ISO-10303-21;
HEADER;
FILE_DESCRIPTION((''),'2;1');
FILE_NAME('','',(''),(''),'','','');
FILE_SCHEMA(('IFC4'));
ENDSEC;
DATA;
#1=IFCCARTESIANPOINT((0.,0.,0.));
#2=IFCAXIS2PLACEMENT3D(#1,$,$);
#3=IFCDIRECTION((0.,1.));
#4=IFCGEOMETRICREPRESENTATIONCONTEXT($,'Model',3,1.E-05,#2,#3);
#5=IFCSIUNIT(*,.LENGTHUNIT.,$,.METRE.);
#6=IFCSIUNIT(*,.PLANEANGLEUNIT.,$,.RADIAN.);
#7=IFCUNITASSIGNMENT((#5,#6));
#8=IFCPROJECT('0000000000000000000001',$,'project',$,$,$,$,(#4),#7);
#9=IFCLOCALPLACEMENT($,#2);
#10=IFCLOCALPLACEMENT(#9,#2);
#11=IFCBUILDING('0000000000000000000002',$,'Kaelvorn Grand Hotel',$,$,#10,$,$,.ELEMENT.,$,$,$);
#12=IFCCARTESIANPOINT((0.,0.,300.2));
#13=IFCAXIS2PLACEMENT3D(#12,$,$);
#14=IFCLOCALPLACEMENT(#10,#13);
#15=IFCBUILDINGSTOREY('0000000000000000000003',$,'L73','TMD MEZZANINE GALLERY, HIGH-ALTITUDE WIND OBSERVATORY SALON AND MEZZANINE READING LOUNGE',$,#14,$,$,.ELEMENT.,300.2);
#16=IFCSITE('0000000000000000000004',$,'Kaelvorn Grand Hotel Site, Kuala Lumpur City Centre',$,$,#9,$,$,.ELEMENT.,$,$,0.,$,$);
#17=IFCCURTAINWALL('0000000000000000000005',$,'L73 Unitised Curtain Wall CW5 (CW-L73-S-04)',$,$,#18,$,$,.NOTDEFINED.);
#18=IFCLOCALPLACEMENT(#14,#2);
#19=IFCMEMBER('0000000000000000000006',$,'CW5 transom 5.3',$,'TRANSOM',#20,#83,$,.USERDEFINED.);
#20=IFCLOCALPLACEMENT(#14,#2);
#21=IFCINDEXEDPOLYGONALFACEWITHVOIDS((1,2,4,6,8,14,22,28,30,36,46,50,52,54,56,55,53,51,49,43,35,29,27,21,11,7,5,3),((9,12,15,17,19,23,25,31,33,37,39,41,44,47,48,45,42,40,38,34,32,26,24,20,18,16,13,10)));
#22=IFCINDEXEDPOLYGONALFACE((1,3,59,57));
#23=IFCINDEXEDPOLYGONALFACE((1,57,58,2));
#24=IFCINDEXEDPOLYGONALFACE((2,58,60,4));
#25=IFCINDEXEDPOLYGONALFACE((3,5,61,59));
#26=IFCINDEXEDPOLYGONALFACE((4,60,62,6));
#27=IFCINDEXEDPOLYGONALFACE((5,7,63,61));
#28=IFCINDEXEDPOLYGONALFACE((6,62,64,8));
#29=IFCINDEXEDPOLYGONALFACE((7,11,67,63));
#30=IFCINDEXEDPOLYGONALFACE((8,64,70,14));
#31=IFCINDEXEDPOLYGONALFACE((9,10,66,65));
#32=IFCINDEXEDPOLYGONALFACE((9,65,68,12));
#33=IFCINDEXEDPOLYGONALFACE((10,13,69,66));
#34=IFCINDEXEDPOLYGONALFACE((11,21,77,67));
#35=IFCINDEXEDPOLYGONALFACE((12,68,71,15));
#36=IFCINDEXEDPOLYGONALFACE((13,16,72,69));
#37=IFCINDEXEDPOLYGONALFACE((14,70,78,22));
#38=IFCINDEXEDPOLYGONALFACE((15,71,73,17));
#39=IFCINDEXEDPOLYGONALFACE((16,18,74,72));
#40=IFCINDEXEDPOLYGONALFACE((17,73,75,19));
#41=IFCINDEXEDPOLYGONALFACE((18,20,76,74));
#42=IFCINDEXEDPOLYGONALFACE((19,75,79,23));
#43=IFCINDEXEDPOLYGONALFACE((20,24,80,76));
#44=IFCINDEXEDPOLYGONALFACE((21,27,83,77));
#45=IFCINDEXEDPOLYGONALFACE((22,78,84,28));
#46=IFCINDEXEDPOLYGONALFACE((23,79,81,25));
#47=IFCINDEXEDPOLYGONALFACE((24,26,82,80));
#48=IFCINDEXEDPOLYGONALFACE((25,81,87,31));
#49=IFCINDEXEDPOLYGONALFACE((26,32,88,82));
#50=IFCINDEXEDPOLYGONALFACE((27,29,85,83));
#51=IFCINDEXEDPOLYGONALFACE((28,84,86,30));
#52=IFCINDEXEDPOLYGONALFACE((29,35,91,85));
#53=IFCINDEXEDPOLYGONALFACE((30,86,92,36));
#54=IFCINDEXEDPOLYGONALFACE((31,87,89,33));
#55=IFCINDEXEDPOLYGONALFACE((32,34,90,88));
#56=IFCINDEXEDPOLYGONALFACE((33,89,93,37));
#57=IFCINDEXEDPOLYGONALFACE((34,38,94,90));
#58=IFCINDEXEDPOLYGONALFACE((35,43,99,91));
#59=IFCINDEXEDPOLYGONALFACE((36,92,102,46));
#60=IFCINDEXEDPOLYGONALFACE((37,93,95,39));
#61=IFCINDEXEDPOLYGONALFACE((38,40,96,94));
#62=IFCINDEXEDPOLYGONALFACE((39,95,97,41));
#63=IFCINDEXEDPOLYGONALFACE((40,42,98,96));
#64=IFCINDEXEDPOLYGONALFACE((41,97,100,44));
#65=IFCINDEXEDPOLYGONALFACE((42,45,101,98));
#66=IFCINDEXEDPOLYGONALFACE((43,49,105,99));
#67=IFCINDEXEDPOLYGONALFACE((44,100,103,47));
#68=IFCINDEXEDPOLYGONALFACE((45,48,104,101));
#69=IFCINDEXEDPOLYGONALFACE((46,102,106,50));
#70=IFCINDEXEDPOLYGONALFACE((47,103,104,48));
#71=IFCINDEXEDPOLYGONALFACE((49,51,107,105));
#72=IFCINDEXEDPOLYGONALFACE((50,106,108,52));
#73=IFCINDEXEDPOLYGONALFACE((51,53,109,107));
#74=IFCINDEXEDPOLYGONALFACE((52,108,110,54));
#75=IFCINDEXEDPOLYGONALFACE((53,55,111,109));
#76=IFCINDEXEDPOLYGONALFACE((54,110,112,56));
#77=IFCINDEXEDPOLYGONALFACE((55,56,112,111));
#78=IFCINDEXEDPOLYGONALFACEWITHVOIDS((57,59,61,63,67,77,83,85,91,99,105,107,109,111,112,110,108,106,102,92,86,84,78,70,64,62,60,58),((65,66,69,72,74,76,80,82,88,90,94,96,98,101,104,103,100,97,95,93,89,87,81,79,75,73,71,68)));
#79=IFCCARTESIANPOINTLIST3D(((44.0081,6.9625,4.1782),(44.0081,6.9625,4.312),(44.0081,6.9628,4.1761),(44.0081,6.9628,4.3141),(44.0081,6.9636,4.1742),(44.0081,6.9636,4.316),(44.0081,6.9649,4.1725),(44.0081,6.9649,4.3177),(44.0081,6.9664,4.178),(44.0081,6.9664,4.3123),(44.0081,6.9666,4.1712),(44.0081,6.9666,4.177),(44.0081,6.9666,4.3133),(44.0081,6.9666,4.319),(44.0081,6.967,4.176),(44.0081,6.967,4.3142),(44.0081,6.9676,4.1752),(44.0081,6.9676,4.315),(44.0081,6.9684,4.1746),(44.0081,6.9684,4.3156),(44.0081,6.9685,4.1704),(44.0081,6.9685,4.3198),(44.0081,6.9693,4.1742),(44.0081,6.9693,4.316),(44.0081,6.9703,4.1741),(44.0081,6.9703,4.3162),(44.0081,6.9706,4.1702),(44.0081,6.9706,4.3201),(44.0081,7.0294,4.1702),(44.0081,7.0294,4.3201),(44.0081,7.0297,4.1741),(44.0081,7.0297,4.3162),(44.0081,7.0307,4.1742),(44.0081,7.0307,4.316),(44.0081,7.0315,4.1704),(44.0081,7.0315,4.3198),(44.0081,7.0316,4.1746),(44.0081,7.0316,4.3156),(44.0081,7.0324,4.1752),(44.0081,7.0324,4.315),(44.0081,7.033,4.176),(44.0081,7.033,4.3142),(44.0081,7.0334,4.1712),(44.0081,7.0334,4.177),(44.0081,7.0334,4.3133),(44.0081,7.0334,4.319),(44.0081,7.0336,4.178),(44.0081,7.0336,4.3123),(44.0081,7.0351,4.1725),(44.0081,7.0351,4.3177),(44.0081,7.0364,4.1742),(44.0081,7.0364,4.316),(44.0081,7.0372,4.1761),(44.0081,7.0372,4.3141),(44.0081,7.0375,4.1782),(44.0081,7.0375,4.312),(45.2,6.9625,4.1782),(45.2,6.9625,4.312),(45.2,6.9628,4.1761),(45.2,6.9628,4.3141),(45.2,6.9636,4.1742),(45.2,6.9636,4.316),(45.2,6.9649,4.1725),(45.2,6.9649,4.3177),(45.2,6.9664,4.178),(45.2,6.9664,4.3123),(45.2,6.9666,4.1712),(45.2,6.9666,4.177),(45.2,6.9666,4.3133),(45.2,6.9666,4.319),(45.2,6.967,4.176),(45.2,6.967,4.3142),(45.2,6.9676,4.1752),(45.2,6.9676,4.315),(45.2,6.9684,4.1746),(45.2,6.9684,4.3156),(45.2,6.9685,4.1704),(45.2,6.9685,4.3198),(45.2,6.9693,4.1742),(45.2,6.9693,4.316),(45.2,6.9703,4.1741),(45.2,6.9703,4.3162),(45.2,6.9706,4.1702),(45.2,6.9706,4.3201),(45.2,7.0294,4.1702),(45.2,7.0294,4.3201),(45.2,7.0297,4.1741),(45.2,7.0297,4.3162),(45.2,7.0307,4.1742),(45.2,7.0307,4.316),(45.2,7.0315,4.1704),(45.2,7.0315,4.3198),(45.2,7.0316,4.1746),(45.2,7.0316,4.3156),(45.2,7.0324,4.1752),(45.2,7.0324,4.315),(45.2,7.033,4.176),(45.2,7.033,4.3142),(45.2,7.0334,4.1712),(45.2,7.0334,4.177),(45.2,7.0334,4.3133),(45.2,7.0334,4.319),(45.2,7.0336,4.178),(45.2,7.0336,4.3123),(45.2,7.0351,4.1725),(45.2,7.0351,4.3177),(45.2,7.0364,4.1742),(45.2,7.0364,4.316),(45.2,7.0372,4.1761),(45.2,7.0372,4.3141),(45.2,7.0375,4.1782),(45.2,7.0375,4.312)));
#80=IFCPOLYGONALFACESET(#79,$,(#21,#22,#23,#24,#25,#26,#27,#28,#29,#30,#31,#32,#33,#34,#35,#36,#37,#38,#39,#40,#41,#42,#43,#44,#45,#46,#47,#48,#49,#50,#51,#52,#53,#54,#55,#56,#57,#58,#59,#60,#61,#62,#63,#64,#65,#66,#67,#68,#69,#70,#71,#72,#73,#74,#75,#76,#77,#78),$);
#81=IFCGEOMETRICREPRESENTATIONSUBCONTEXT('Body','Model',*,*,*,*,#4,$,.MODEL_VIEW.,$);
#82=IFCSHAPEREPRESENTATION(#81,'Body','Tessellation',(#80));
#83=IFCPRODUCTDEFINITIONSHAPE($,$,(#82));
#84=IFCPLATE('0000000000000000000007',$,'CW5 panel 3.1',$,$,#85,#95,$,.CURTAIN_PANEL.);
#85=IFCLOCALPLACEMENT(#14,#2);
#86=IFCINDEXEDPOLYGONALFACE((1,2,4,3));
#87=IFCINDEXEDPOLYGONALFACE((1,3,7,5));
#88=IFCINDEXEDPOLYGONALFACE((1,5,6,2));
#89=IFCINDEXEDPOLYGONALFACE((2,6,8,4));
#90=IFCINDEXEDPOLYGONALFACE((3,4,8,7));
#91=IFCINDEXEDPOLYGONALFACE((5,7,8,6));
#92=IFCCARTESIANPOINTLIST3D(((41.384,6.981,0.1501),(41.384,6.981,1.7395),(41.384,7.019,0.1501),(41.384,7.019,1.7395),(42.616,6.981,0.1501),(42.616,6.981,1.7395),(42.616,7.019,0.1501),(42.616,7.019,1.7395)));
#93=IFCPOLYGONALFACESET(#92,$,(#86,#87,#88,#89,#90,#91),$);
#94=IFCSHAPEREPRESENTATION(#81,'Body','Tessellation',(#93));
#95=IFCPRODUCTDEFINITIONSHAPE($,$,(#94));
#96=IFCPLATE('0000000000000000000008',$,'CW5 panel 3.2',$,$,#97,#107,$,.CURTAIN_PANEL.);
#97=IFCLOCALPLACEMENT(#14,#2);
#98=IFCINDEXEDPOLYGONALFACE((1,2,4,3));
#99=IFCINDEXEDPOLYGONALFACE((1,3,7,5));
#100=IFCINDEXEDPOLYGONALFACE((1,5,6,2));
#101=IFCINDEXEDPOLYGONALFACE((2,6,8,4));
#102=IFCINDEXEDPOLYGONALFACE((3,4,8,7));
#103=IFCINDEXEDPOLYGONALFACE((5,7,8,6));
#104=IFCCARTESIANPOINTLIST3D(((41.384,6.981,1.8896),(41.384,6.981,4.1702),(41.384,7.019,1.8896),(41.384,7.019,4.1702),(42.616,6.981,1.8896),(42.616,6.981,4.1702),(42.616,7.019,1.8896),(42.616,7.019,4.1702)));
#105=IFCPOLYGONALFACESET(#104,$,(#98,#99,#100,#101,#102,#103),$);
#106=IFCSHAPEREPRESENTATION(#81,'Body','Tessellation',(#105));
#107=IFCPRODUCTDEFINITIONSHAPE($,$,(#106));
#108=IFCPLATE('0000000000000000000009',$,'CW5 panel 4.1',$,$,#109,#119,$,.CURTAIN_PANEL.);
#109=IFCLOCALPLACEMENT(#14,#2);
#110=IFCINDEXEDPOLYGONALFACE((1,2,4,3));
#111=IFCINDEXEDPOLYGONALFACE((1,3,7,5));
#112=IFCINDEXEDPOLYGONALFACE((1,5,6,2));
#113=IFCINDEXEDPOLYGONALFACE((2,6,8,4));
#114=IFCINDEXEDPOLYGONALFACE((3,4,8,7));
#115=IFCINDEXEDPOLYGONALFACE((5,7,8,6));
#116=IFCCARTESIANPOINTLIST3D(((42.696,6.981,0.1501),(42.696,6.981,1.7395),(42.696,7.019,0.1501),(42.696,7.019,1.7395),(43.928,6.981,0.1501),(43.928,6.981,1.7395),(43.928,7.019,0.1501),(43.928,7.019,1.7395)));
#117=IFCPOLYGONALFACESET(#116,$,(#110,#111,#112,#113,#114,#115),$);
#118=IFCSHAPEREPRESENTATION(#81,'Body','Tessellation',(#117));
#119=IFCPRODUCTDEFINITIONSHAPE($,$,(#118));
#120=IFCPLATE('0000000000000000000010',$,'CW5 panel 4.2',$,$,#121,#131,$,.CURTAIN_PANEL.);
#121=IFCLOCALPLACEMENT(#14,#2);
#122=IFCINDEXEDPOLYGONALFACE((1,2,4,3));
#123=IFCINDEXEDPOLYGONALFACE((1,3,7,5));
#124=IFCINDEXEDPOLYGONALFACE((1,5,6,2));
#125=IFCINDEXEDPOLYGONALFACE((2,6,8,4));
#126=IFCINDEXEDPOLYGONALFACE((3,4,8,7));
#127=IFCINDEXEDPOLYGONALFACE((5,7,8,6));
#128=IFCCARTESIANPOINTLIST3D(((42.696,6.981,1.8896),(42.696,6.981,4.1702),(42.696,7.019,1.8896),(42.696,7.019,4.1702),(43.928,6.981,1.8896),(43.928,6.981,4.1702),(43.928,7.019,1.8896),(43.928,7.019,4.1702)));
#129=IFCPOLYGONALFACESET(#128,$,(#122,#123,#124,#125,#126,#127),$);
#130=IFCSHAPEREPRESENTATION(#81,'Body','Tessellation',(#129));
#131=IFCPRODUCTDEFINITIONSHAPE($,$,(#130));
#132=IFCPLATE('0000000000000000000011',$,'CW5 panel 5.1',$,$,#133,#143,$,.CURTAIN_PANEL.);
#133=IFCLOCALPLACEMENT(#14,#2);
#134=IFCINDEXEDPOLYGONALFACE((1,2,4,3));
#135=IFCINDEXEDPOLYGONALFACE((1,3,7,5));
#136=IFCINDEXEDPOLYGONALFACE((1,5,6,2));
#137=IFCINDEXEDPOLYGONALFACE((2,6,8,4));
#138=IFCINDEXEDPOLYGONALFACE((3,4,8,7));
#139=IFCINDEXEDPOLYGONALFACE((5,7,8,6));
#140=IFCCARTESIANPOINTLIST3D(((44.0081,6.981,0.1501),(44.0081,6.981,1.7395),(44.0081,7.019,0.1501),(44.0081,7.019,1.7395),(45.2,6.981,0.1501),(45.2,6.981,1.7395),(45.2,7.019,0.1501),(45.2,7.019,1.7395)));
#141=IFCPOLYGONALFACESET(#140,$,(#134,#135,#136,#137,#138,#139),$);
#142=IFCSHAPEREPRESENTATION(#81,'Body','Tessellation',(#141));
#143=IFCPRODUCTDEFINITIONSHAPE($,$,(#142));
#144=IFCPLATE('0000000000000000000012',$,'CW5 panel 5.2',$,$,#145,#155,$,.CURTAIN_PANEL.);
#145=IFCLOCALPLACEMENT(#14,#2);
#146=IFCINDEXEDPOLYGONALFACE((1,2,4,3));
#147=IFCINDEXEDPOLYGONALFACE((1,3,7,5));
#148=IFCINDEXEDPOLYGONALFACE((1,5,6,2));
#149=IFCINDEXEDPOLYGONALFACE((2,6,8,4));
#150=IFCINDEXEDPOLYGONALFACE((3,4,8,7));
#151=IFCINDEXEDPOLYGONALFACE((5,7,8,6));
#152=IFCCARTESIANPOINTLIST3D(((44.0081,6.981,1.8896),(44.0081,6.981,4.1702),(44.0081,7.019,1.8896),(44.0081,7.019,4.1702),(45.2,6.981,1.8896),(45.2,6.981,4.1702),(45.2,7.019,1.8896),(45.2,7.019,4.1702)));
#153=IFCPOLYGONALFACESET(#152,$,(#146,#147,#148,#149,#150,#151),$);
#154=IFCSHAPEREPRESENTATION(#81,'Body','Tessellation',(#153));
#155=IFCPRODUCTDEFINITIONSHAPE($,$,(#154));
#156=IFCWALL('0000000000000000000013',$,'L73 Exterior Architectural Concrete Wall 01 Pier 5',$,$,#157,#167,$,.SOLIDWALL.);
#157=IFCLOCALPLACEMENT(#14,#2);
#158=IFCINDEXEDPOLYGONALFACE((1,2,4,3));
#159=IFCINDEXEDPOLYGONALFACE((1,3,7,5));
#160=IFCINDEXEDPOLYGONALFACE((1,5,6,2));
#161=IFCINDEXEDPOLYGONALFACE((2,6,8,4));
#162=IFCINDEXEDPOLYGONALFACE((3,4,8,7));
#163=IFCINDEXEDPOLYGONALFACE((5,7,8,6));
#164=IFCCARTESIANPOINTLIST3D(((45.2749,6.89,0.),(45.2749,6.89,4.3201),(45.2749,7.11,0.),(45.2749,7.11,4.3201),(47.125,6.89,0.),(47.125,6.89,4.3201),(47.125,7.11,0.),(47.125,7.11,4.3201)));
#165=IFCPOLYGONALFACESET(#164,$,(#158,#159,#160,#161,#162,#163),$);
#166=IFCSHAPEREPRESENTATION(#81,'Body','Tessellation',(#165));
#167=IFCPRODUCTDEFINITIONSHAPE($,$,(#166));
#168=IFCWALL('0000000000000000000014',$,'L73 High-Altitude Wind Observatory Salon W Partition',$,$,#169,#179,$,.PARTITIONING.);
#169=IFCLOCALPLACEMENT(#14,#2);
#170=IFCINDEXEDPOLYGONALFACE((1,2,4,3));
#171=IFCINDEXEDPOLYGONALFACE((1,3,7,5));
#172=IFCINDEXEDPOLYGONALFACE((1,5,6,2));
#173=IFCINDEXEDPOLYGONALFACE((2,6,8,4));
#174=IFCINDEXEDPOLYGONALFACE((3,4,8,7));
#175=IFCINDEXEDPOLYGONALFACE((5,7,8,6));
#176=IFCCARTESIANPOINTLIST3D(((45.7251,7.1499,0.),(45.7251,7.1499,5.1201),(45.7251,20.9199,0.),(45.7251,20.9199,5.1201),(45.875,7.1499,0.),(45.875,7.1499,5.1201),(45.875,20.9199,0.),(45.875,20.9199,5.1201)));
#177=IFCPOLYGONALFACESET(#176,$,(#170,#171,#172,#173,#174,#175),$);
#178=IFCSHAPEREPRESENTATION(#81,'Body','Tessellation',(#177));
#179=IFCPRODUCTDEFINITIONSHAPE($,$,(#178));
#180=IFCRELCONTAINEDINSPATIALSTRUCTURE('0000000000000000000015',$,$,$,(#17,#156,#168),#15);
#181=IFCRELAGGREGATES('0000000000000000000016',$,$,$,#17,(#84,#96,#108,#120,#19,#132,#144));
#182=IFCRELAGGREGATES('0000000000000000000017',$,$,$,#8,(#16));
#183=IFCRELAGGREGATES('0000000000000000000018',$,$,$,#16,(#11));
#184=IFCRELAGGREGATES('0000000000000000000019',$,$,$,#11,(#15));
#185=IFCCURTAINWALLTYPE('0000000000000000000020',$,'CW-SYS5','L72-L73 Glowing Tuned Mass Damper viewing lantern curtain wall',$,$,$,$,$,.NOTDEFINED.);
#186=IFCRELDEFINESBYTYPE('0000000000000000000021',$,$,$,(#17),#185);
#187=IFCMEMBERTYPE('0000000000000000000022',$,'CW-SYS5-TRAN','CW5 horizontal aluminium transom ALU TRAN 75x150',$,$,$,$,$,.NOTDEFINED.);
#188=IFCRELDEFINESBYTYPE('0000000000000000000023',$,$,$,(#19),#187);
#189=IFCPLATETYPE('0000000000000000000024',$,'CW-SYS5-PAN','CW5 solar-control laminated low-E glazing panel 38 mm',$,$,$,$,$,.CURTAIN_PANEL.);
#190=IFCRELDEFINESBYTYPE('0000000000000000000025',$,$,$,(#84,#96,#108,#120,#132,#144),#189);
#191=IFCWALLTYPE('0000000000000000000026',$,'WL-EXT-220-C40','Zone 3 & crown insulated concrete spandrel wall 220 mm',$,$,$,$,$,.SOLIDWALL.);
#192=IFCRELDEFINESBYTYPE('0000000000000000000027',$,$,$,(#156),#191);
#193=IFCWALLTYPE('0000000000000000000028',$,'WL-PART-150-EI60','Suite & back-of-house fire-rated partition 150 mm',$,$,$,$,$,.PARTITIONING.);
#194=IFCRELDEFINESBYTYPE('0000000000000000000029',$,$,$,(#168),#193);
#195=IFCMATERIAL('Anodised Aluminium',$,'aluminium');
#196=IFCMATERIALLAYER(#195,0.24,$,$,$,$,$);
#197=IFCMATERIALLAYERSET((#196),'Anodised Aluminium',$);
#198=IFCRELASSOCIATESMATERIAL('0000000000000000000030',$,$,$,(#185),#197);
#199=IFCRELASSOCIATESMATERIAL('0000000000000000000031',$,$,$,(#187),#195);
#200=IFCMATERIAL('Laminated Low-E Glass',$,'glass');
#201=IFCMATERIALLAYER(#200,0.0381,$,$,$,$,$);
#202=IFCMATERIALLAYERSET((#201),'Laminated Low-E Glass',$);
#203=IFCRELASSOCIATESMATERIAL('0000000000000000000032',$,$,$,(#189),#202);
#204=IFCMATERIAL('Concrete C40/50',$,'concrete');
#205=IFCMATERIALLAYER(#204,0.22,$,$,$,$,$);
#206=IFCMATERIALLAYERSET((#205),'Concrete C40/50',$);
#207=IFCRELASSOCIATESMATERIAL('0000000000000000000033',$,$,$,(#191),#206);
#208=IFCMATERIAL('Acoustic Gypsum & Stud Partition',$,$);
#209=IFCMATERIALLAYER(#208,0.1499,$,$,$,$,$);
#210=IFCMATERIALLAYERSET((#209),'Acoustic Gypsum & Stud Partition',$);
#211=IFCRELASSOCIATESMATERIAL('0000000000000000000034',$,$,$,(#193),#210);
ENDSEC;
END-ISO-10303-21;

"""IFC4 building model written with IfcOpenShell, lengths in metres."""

from ifc_helpers import new_model, si_unit, direction, frame, frame_2d, origin, origin_2d, place, context, subcontext, project, spatial, rectangle, hollow_rectangle, extrude, material, layer, layer_set, material_profile, profile_set, type_object, element, aggregate, save


model = new_model("IFC4")

# Units and contexts
model_context = context("Model", 3, precision=1e-05, world=origin(), true_north=direction((0.0, 1.0)))
body_context = subcontext(model_context, "Body", "Model", "MODEL_VIEW")
ifc_project = project(units=[si_unit("LENGTHUNIT", "METRE"), si_unit("PLANEANGLEUNIT", "RADIAN")], contexts=[model_context])

# Site, building, storey
site_placement = place(None, origin())
site = spatial("IfcSite", under=ifc_project, at=site_placement, Name="Kaelvorn Grand Hotel Site, Kuala Lumpur City Centre", CompositionType="ELEMENT", RefElevation=0.0)
building_placement = place(site_placement, origin())
building = spatial("IfcBuilding", under=site, at=building_placement, Name="Kaelvorn Grand Hotel", CompositionType="ELEMENT")
storey_placement = place(building_placement, frame((0.0, 0.0, 300.2)))
storey = spatial("IfcBuildingStorey", under=building, at=storey_placement, Name="L73", Description="TMD MEZZANINE GALLERY, HIGH-ALTITUDE WIND OBSERVATORY SALON AND MEZZANINE READING LOUNGE", CompositionType="ELEMENT", Elevation=300.2)

# Curtain wall, member, plates
ifc_material_1 = material(Name="Anodised Aluminium", Category="aluminium")
ifc_layer_1 = layer(ifc_material_1, 0.24)
ifc_layer_set_1 = layer_set([ifc_layer_1], Name="Anodised Aluminium")
curtain_wall_type = type_object("IfcCurtainWallType", Name="CW-SYS5", Description="L72-L73 Glowing Tuned Mass Damper viewing lantern curtain wall", PredefinedType="NOTDEFINED", material=ifc_layer_set_1)
curtain_wall_placement = place(storey_placement, origin())
curtain_wall = element("IfcCurtainWall", 1, at=curtain_wall_placement, inside=storey, type_object=curtain_wall_type, Name="L73 Unitised Curtain Wall CW5 (CW-L73-S-04)", PredefinedType="NOTDEFINED")
ifc_material_profile_1 = material_profile(ifc_material_1, hollow_rectangle(XDim=0.075, YDim=0.1499, WallThickness=0.0039, InnerFilletRadius=0.0039, OuterFilletRadius=0.0081, at=origin_2d()), Name="ALU TRAN 75x150")
ifc_profile_set_1 = profile_set([ifc_material_profile_1], Name="Anodised Aluminium")
member_type_1 = type_object("IfcMemberType", Name="CW-SYS5-TRAN", Description="CW5 horizontal aluminium transom ALU TRAN 75x150", PredefinedType="NOTDEFINED", material=ifc_profile_set_1)
member_1_placement = place(storey_placement, frame((44.0081, 7.0, 4.2451), z_axis=(1.0, 0.0, 0.0), x_axis=(0.0, 1.0, 0.0)))
member_1 = element("IfcMember", 2, at=member_1_placement, type_object=member_type_1, Name="CW5 transom 5.3", ObjectType="TRANSOM", PredefinedType="USERDEFINED", context=body_context, shape_type="SweptSolid", body=[
    extrude(hollow_rectangle(XDim=0.075, YDim=0.1499, WallThickness=0.0039, InnerFilletRadius=0.0039, OuterFilletRadius=0.0081, at=origin_2d()), origin(), (0.0, 0.0, 1.0), 1.1919),
])
ifc_material_2 = material(Name="Laminated Low-E Glass", Category="glass")
ifc_layer_2 = layer(ifc_material_2, 0.0381)
ifc_layer_set_2 = layer_set([ifc_layer_2], Name="Laminated Low-E Glass")
plate_type = type_object("IfcPlateType", Name="CW-SYS5-PAN", Description="CW5 solar-control laminated low-E glazing panel 38 mm", PredefinedType="CURTAIN_PANEL", material=ifc_layer_set_2)
plate_1_placement = place(storey_placement, frame((42.0, 7.0, 0.1501), z_axis=(0.0, 0.0, 1.0), x_axis=(1.0, 0.0, 0.0)))
plate_1 = element("IfcPlate", 3, at=plate_1_placement, type_object=plate_type, Name="CW5 panel 3.1", PredefinedType="CURTAIN_PANEL", context=body_context, shape_type="SweptSolid", body=[
    extrude(rectangle(XDim=1.2319, YDim=0.0381, at=origin_2d()), origin(), (0.0, 0.0, 1.0), 1.5894),
])
plate_2_placement = place(storey_placement, frame((42.0, 7.0, 1.8896), z_axis=(0.0, 0.0, 1.0), x_axis=(1.0, 0.0, 0.0)))
plate_2 = element("IfcPlate", 4, at=plate_2_placement, type_object=plate_type, Name="CW5 panel 3.2", PredefinedType="CURTAIN_PANEL", context=body_context, shape_type="SweptSolid", body=[
    extrude(rectangle(XDim=1.2319, YDim=0.0381, at=origin_2d()), origin(), (0.0, 0.0, 1.0), 2.2805),
])
plate_3_placement = place(storey_placement, frame((43.312, 7.0, 0.1501), z_axis=(0.0, 0.0, 1.0), x_axis=(1.0, 0.0, 0.0)))
plate_3 = element("IfcPlate", 5, at=plate_3_placement, type_object=plate_type, Name="CW5 panel 4.1", PredefinedType="CURTAIN_PANEL", context=body_context, shape_type="SweptSolid", body=[
    extrude(rectangle(XDim=1.2319, YDim=0.0381, at=origin_2d()), origin(), (0.0, 0.0, 1.0), 1.5894),
])
plate_4_placement = place(storey_placement, frame((43.312, 7.0, 1.8896), z_axis=(0.0, 0.0, 1.0), x_axis=(1.0, 0.0, 0.0)))
plate_4 = element("IfcPlate", 6, at=plate_4_placement, type_object=plate_type, Name="CW5 panel 4.2", PredefinedType="CURTAIN_PANEL", context=body_context, shape_type="SweptSolid", body=[
    extrude(rectangle(XDim=1.2319, YDim=0.0381, at=origin_2d()), origin(), (0.0, 0.0, 1.0), 2.2805),
])
plate_5_placement = place(storey_placement, frame((44.604, 7.0, 0.1501), z_axis=(0.0, 0.0, 1.0), x_axis=(1.0, 0.0, 0.0)))
plate_5 = element("IfcPlate", 7, at=plate_5_placement, type_object=plate_type, Name="CW5 panel 5.1", PredefinedType="CURTAIN_PANEL", context=body_context, shape_type="SweptSolid", body=[
    extrude(rectangle(XDim=1.1919, YDim=0.0381, at=origin_2d()), origin(), (0.0, 0.0, 1.0), 1.5894),
])
plate_6_placement = place(storey_placement, frame((44.604, 7.0, 1.8896), z_axis=(0.0, 0.0, 1.0), x_axis=(1.0, 0.0, 0.0)))
plate_6 = element("IfcPlate", 8, at=plate_6_placement, type_object=plate_type, Name="CW5 panel 5.2", PredefinedType="CURTAIN_PANEL", context=body_context, shape_type="SweptSolid", body=[
    extrude(rectangle(XDim=1.1919, YDim=0.0381, at=origin_2d()), origin(), (0.0, 0.0, 1.0), 2.2805),
])
aggregate(curtain_wall, [plate_1, plate_2, plate_3, plate_4, member_1, plate_5, plate_6])

# Walls
ifc_material_3 = material(Name="Concrete C40/50", Category="concrete")
ifc_layer_3 = layer(ifc_material_3, 0.22)
ifc_layer_set_3 = layer_set([ifc_layer_3], Name="Concrete C40/50")
wall_type_1 = type_object("IfcWallType", Name="WL-EXT-220-C40", Description="Zone 3 & crown insulated concrete spandrel wall 220 mm", PredefinedType="SOLIDWALL", material=ifc_layer_set_3)
wall_1_placement = place(storey_placement, frame((45.2749, 7.0, 0.0), z_axis=(0.0, 0.0, 1.0), x_axis=(1.0, 0.0, 0.0)))
element("IfcWall", 9, at=wall_1_placement, inside=storey, type_object=wall_type_1, Name="L73 Exterior Architectural Concrete Wall 01 Pier 5", PredefinedType="SOLIDWALL", context=body_context, shape_type="SweptSolid", body=[
    extrude(rectangle(XDim=1.8501, YDim=0.22, at=frame_2d((0.925, 0.0))), origin(), (0.0, 0.0, 1.0), 4.3201),
])
ifc_material_4 = material(Name="Acoustic Gypsum & Stud Partition")
ifc_layer_4 = layer(ifc_material_4, 0.1499)
ifc_layer_set_4 = layer_set([ifc_layer_4], Name="Acoustic Gypsum & Stud Partition")
wall_type_2 = type_object("IfcWallType", Name="WL-PART-150-EI60", Description="Suite & back-of-house fire-rated partition 150 mm", PredefinedType="PARTITIONING", material=ifc_layer_set_4)
wall_2_placement = place(storey_placement, frame((45.8, 7.1499, 0.0), z_axis=(0.0, 0.0, 1.0), x_axis=(0.0, 1.0, 0.0)))
element("IfcWall", 10, at=wall_2_placement, inside=storey, type_object=wall_type_2, Name="L73 High-Altitude Wind Observatory Salon W Partition", PredefinedType="PARTITIONING", context=body_context, shape_type="SweptSolid", body=[
    extrude(rectangle(XDim=13.77, YDim=0.1499, at=frame_2d((6.885, 0.0))), origin(), (0.0, 0.0, 1.0), 5.1201),
])

save(model, "model.ifc")
